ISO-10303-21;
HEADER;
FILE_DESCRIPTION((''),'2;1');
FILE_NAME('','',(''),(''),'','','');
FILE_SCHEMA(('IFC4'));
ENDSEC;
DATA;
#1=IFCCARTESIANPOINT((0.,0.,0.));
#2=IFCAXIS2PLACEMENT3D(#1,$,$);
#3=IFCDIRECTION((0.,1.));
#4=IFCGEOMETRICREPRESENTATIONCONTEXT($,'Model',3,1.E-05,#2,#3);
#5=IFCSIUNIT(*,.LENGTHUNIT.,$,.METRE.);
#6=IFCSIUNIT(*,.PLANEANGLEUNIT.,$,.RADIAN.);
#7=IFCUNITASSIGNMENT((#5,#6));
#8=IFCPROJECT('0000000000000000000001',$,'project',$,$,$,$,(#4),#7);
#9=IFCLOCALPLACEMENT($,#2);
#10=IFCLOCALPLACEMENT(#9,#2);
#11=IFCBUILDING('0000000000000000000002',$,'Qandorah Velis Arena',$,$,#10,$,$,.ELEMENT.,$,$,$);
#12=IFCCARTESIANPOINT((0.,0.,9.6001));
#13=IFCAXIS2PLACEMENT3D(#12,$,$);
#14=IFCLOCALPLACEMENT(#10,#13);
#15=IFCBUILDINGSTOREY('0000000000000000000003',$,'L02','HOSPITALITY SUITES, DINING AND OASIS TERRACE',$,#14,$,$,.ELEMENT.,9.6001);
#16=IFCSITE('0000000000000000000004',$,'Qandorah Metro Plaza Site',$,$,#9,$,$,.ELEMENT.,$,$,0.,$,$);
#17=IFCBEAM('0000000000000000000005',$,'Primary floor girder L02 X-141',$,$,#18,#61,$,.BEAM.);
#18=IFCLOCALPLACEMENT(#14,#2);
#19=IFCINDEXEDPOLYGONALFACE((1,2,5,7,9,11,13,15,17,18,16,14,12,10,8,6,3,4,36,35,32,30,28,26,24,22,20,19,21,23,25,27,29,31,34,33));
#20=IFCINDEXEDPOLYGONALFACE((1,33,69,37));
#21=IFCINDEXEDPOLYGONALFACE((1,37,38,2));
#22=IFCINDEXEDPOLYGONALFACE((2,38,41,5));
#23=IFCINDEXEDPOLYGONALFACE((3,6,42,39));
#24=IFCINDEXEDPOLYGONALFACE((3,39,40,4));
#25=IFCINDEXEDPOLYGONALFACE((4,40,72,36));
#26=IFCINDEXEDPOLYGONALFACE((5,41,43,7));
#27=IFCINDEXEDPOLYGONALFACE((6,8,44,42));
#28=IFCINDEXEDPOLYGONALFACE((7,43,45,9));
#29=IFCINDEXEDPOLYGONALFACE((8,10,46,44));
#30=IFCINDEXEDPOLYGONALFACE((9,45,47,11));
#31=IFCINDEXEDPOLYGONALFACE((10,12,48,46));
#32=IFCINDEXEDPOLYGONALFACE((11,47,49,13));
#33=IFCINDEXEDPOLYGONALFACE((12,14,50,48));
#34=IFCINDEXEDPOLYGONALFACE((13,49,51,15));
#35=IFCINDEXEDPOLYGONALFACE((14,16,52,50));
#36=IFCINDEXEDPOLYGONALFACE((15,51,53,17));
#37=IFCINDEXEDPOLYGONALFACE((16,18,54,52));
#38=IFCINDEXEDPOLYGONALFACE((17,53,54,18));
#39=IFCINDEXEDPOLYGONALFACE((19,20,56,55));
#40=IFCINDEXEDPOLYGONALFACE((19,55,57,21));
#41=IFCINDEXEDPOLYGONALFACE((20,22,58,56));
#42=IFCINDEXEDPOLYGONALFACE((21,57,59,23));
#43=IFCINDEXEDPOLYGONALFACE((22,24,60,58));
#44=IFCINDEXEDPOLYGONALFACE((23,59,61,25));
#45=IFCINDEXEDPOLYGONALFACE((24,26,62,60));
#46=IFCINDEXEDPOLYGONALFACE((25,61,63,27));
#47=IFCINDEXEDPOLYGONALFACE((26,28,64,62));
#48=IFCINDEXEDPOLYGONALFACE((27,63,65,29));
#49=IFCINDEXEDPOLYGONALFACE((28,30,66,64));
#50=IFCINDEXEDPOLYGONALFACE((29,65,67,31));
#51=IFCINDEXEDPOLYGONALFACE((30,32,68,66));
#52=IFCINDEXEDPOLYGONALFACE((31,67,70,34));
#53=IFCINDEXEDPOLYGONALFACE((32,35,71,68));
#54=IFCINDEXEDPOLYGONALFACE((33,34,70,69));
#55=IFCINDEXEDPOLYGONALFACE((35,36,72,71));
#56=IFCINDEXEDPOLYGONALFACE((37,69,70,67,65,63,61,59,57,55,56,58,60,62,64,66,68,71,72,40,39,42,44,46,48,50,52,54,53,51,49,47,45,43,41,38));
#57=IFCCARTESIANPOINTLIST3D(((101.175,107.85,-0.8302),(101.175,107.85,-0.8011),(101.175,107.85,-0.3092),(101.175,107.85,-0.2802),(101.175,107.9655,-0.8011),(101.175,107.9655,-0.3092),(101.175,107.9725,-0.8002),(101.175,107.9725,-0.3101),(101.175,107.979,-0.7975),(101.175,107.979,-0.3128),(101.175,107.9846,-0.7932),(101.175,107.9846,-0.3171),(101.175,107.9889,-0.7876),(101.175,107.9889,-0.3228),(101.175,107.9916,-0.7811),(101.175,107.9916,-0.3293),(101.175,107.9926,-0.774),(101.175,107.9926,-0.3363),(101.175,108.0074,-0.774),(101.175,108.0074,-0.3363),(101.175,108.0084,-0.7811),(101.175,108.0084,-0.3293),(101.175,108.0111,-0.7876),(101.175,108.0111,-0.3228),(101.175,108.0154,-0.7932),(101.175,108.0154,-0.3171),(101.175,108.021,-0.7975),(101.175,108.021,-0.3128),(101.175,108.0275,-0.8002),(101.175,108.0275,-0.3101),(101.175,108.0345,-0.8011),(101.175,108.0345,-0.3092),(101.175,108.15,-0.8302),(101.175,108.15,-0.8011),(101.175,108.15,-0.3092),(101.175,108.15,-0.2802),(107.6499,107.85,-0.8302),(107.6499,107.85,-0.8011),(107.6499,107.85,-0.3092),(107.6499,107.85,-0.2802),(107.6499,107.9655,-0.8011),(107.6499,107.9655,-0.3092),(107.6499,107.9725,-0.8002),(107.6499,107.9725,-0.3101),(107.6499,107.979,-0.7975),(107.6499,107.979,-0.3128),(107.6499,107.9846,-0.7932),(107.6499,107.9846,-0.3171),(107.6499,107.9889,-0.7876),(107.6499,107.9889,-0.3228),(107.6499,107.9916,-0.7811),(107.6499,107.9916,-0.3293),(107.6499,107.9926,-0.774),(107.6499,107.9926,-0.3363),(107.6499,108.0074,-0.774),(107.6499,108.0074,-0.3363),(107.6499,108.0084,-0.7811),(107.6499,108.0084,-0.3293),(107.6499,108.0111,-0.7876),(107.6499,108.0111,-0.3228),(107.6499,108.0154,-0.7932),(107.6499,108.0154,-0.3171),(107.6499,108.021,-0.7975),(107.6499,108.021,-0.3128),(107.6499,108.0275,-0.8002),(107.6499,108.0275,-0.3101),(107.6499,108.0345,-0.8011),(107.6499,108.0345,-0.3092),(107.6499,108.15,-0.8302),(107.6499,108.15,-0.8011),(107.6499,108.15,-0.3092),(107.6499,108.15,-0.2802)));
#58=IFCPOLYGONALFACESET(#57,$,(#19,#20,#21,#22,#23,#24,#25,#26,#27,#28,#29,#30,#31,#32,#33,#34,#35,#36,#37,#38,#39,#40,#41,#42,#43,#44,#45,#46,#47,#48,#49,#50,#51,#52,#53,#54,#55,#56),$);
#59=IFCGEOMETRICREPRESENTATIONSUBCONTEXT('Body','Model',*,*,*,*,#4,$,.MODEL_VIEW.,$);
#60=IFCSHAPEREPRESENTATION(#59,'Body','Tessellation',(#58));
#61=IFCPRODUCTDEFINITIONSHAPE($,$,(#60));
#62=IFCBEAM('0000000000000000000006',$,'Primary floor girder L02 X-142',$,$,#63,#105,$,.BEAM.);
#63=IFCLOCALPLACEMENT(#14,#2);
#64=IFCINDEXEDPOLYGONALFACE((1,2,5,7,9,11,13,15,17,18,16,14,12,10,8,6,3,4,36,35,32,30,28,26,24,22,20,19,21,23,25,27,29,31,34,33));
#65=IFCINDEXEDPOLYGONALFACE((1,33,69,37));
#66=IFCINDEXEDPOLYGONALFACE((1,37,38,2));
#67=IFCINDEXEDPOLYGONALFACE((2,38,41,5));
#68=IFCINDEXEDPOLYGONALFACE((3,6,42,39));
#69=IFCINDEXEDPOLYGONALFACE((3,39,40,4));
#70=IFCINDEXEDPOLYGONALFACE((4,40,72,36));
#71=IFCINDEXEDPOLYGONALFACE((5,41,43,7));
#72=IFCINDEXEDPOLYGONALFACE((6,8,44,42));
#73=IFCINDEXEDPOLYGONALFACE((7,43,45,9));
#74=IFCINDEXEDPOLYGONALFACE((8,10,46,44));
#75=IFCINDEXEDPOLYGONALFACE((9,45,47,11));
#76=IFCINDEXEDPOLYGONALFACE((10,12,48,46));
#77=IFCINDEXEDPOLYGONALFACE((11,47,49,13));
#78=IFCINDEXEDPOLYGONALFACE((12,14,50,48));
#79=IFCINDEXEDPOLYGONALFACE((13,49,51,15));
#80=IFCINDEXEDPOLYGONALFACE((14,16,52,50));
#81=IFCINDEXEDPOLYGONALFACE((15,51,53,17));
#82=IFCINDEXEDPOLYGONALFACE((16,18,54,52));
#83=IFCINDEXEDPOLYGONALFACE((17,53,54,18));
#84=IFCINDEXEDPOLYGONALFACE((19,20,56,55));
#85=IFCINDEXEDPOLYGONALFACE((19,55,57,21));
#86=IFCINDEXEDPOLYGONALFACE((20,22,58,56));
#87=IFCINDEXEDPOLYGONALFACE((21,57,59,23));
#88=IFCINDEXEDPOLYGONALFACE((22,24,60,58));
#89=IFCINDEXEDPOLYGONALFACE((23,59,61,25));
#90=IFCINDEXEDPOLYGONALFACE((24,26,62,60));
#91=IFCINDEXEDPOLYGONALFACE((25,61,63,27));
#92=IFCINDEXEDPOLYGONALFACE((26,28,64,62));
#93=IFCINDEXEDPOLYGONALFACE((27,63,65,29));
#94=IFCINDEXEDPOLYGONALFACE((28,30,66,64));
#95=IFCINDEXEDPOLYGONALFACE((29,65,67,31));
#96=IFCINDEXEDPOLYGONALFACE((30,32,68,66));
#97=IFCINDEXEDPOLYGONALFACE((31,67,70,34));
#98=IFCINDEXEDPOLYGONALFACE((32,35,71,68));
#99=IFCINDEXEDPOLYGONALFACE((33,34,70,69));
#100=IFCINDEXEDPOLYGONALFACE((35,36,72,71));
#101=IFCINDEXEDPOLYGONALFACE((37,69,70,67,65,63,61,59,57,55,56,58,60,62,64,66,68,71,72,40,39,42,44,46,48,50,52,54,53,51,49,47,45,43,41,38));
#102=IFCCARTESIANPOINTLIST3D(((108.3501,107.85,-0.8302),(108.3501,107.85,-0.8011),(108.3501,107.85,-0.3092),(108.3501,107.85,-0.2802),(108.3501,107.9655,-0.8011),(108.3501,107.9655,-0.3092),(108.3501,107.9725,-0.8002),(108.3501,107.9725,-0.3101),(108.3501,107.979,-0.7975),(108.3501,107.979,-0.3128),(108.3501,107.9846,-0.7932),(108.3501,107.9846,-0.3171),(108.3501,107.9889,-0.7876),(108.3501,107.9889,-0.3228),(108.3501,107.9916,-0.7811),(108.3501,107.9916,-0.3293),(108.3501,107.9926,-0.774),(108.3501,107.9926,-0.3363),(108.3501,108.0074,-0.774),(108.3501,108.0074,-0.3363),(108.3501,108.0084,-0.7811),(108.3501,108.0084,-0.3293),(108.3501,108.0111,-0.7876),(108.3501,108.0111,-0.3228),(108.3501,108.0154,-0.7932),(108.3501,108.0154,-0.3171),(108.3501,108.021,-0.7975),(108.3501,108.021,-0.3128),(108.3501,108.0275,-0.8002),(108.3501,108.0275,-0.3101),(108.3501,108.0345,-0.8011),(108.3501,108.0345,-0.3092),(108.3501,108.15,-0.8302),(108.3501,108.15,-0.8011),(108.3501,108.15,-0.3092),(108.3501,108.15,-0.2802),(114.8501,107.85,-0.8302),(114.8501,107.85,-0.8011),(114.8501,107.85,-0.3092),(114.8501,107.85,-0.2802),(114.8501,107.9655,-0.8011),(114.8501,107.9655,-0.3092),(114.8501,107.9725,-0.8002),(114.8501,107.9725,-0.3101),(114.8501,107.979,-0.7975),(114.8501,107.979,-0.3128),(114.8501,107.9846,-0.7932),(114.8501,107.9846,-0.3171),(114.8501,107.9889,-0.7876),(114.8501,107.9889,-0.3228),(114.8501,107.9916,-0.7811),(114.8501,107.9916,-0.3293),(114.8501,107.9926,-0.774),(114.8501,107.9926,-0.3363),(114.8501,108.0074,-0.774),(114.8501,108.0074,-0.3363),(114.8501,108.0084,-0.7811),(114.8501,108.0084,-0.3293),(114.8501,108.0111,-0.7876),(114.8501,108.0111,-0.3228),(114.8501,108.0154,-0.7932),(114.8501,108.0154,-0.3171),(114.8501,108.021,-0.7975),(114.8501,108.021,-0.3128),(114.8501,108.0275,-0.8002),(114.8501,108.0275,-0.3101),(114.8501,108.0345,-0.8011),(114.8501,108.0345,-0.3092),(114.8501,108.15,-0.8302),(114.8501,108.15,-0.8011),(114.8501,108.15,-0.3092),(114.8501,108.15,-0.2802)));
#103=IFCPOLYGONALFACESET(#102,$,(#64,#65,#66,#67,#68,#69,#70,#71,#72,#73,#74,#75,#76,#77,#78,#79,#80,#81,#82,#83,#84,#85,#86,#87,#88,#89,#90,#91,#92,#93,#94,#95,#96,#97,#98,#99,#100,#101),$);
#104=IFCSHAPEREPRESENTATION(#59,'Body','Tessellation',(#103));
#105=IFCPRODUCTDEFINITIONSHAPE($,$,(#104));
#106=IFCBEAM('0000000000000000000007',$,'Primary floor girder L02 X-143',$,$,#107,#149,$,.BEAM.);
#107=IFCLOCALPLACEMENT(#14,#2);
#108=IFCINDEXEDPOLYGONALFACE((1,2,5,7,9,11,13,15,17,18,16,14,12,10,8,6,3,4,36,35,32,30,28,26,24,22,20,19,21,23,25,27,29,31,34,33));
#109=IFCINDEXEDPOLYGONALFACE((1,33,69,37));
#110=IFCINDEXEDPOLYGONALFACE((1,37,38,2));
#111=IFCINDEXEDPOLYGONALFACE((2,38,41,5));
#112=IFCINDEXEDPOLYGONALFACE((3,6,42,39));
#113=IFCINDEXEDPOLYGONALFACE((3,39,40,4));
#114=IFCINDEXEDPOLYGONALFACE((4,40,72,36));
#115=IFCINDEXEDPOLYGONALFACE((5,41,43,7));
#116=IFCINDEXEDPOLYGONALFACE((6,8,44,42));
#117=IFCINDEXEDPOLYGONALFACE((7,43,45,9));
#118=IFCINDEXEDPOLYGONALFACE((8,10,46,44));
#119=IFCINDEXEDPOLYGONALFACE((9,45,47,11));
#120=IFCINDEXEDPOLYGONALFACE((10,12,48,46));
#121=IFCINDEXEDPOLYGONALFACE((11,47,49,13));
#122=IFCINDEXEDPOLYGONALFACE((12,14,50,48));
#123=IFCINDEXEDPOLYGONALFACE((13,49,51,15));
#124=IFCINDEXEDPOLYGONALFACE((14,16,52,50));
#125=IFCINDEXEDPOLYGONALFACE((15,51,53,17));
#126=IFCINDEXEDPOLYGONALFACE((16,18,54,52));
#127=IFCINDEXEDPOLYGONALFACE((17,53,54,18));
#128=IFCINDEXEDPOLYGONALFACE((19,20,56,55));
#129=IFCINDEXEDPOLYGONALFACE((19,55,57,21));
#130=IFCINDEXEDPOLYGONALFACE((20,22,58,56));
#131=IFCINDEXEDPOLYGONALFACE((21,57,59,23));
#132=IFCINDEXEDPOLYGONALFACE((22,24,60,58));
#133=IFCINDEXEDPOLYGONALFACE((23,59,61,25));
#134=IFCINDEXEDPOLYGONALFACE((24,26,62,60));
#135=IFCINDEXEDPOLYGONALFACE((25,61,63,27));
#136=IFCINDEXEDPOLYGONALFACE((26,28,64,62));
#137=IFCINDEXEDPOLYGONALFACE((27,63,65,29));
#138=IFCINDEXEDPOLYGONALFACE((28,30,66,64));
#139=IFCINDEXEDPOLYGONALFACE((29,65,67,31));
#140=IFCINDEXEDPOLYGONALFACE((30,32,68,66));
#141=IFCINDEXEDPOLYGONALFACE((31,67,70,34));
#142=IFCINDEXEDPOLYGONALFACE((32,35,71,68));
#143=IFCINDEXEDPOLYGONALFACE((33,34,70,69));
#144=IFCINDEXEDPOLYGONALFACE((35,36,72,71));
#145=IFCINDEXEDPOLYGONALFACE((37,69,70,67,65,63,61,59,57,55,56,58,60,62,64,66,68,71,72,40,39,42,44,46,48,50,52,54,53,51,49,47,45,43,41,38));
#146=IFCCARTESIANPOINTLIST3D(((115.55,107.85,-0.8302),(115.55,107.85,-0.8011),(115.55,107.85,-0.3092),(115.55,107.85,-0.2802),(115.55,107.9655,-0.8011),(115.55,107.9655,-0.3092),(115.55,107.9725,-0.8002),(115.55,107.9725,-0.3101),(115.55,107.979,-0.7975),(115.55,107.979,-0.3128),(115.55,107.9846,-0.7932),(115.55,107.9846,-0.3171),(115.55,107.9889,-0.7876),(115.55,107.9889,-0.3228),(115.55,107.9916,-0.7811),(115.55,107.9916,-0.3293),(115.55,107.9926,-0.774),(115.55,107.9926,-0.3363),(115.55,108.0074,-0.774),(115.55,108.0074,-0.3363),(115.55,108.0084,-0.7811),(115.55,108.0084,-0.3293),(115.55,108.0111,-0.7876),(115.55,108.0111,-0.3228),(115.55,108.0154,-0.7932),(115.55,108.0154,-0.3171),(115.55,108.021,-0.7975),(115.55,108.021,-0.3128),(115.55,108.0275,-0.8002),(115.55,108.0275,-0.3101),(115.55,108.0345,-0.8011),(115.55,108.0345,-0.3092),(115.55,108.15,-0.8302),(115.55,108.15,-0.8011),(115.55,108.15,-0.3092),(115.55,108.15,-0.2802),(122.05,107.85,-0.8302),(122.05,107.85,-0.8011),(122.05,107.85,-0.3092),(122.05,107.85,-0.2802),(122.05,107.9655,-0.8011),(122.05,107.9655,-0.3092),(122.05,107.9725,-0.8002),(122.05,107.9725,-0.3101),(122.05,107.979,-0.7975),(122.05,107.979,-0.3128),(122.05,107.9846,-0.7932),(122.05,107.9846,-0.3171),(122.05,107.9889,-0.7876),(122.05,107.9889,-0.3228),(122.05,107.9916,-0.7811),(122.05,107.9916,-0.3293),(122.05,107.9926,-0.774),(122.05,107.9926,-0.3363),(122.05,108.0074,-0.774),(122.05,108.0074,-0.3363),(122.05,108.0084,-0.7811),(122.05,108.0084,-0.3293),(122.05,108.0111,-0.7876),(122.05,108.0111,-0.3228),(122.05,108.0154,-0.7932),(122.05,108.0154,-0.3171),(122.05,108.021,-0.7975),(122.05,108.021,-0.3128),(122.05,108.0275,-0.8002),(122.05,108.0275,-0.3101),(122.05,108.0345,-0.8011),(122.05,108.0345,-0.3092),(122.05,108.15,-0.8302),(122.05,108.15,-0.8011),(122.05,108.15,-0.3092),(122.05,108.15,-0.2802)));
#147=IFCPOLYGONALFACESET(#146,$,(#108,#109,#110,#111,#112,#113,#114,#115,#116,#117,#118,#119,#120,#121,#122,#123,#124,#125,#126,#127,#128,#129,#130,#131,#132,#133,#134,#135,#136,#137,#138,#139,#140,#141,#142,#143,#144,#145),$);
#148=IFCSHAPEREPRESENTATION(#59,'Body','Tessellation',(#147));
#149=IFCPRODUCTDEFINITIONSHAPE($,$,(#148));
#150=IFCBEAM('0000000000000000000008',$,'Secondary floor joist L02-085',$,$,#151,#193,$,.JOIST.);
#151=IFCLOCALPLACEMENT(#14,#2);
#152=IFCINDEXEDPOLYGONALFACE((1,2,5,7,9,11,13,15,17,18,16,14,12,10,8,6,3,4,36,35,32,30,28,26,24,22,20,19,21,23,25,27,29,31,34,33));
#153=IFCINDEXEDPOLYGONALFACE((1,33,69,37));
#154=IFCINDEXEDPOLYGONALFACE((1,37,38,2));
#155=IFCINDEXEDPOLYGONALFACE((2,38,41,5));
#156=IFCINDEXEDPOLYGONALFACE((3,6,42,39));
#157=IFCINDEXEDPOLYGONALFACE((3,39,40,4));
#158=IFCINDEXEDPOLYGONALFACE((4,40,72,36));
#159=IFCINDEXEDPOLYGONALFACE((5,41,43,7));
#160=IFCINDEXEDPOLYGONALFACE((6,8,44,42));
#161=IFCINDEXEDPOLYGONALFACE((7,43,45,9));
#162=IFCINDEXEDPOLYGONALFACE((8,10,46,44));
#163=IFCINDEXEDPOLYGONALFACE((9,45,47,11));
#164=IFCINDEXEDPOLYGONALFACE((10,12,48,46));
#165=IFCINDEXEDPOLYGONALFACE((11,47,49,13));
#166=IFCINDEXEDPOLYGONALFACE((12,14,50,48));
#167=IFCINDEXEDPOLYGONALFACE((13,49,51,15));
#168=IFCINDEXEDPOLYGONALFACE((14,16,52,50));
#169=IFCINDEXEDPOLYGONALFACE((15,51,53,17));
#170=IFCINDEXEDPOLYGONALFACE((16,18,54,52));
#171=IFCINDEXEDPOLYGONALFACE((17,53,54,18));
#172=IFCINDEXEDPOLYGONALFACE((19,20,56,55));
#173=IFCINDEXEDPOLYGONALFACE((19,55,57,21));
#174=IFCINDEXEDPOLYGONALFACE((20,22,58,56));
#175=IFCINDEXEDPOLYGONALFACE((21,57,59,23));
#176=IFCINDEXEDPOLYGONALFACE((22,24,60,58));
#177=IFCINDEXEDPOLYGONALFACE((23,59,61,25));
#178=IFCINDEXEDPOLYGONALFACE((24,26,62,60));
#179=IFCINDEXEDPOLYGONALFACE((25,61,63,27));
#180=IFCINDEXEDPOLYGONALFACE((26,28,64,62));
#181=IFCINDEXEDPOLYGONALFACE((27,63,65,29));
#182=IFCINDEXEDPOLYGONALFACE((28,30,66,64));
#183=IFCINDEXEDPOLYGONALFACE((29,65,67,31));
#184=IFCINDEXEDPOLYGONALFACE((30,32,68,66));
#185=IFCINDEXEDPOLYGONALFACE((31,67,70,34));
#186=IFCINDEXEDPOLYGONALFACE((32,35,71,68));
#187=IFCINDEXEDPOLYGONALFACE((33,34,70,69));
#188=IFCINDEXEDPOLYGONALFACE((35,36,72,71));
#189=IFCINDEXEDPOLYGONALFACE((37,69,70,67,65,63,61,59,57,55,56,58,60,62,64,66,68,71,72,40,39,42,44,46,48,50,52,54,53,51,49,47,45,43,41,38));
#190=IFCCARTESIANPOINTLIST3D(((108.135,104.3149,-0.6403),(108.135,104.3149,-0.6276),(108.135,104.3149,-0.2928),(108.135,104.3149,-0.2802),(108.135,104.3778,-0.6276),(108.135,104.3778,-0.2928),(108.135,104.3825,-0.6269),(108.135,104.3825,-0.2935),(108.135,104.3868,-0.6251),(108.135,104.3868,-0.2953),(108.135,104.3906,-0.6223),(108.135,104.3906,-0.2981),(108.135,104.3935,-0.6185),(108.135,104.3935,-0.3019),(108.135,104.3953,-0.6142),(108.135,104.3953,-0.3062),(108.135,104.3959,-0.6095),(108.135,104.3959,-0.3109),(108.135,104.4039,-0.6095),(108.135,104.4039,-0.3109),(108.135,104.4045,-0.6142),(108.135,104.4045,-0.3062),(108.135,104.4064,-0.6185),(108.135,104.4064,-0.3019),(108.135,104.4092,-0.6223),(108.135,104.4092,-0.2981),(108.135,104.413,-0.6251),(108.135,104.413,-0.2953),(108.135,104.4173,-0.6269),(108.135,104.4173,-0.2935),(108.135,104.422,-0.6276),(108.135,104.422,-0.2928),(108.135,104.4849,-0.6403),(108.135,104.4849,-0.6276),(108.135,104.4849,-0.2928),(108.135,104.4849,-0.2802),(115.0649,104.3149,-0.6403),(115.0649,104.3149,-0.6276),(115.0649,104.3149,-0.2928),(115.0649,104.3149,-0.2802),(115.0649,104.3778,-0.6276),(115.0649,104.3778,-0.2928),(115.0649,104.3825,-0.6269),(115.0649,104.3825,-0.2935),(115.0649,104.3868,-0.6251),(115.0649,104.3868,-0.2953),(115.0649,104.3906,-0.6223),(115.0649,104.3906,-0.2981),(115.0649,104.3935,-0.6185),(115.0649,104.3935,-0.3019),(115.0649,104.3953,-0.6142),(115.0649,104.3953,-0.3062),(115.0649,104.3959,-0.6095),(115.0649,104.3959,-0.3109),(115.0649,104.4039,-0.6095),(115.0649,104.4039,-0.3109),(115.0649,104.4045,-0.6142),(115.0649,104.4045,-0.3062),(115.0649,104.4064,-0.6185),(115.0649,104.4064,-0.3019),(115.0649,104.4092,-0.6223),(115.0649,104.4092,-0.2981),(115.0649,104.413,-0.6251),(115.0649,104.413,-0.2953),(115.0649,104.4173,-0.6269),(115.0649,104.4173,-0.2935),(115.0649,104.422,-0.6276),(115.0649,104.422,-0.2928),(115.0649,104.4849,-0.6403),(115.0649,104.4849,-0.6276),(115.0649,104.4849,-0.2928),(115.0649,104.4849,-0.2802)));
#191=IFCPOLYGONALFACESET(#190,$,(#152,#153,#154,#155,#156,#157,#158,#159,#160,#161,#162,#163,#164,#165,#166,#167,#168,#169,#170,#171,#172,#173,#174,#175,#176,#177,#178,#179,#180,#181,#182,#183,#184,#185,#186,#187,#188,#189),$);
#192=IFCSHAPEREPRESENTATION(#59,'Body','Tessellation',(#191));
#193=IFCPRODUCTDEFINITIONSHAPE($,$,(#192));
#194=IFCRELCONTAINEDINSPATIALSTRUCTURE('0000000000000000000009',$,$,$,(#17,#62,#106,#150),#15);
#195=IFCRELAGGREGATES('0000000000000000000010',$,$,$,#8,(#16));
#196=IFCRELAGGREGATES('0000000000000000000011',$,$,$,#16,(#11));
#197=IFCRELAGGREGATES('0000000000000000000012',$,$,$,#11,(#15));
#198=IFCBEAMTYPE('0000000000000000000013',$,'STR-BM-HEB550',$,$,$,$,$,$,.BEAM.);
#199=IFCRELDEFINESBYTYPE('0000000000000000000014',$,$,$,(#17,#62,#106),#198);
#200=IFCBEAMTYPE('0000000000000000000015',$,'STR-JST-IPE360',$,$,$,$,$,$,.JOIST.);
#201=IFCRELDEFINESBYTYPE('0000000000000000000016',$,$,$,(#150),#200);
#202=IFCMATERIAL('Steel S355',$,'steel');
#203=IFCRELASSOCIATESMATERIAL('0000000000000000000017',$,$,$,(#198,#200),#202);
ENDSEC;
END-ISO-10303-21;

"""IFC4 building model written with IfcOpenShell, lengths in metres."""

from ifc_helpers import new_model, si_unit, direction, frame, origin, origin_2d, place, context, subcontext, project, spatial, i_section, extrude, material, material_profile, profile_set, type_object, element, save


model = new_model("IFC4")

# Units and contexts
model_context = context("Model", 3, precision=1e-05, world=origin(), true_north=direction((0.0, 1.0)))
body_context = subcontext(model_context, "Body", "Model", "MODEL_VIEW")
ifc_project = project(units=[si_unit("LENGTHUNIT", "METRE"), si_unit("PLANEANGLEUNIT", "RADIAN")], contexts=[model_context])

# Site, building, storey
site_placement = place(None, origin())
site = spatial("IfcSite", under=ifc_project, at=site_placement, Name="Qandorah Metro Plaza Site", CompositionType="ELEMENT", RefElevation=0.0)
building_placement = place(site_placement, origin())
building = spatial("IfcBuilding", under=site, at=building_placement, Name="Qandorah Velis Arena", CompositionType="ELEMENT")
storey_placement = place(building_placement, frame((0.0, 0.0, 9.6001)))
storey = spatial("IfcBuildingStorey", under=building, at=storey_placement, Name="L02", Description="HOSPITALITY SUITES, DINING AND OASIS TERRACE", CompositionType="ELEMENT", Elevation=9.6001)

# Beams
ifc_material_1 = material(Name="Steel S355", Category="steel")
ifc_material_profile_1 = material_profile(ifc_material_1, i_section(OverallWidth=0.3, OverallDepth=0.55, WebThickness=0.0149, FlangeThickness=0.0291, FilletRadius=0.0271, at=origin_2d()), Name="HEB 550")
ifc_profile_set_1 = profile_set([ifc_material_profile_1], Name="Steel S355")
beam_type_1 = type_object("IfcBeamType", Name="STR-BM-HEB550", PredefinedType="BEAM", material=ifc_profile_set_1)
beam_1_placement = place(storey_placement, frame((101.175, 108.0, -0.5552), z_axis=(1.0, 0.0, 0.0), x_axis=(0.0, 1.0, 0.0)))
element("IfcBeam", 1, at=beam_1_placement, inside=storey, type_object=beam_type_1, Name="Primary floor girder L02 X-141", PredefinedType="BEAM", context=body_context, shape_type="SweptSolid", body=[
    extrude(i_section(OverallWidth=0.3, OverallDepth=0.55, WebThickness=0.0149, FlangeThickness=0.0291, FilletRadius=0.0271, at=origin_2d()), origin(), (0.0, 0.0, 1.0), 6.4749),
])
for number, where, z_axis, x_axis, name in (
    (2, (108.3501, 108.0, -0.5552), (1.0, 0.0, 0.0), (0.0, 1.0, 0.0), "Primary floor girder L02 X-142"),
    (3, (115.55, 108.0, -0.5552), (1.0, 0.0, 0.0), (0.0, 1.0, 0.0), "Primary floor girder L02 X-143"),
):
    element("IfcBeam", number, at=place(storey_placement, frame(where, z_axis=z_axis, x_axis=x_axis)), inside=storey, type_object=beam_type_1, Name=name, PredefinedType="BEAM", context=body_context, shape_type="SweptSolid", body=[
        extrude(i_section(OverallWidth=0.3, OverallDepth=0.55, WebThickness=0.0149, FlangeThickness=0.0291, FilletRadius=0.0271, at=origin_2d()), origin(), (0.0, 0.0, 1.0), 6.5),
    ])
ifc_material_profile_2 = material_profile(ifc_material_1, i_section(OverallWidth=0.1699, OverallDepth=0.3601, WebThickness=0.0081, FlangeThickness=0.0127, FilletRadius=0.0181, at=origin_2d()), Name="IPE 360")
ifc_profile_set_2 = profile_set([ifc_material_profile_2], Name="Steel S355")
beam_type_2 = type_object("IfcBeamType", Name="STR-JST-IPE360", PredefinedType="JOIST", material=ifc_profile_set_2)
for number, where, z_axis, x_axis, name in (
    (4, (108.135, 104.3999, -0.4602), (1.0, 0.0, 0.0), (0.0, 1.0, 0.0), "Secondary floor joist L02-085"),
):
    element("IfcBeam", number, at=place(storey_placement, frame(where, z_axis=z_axis, x_axis=x_axis)), inside=storey, type_object=beam_type_2, Name=name, PredefinedType="JOIST", context=body_context, shape_type="SweptSolid", body=[
        extrude(i_section(OverallWidth=0.1699, OverallDepth=0.3601, WebThickness=0.0081, FlangeThickness=0.0127, FilletRadius=0.0181, at=origin_2d()), origin(), (0.0, 0.0, 1.0), 6.9299),
    ])

save(model, "model.ifc")
